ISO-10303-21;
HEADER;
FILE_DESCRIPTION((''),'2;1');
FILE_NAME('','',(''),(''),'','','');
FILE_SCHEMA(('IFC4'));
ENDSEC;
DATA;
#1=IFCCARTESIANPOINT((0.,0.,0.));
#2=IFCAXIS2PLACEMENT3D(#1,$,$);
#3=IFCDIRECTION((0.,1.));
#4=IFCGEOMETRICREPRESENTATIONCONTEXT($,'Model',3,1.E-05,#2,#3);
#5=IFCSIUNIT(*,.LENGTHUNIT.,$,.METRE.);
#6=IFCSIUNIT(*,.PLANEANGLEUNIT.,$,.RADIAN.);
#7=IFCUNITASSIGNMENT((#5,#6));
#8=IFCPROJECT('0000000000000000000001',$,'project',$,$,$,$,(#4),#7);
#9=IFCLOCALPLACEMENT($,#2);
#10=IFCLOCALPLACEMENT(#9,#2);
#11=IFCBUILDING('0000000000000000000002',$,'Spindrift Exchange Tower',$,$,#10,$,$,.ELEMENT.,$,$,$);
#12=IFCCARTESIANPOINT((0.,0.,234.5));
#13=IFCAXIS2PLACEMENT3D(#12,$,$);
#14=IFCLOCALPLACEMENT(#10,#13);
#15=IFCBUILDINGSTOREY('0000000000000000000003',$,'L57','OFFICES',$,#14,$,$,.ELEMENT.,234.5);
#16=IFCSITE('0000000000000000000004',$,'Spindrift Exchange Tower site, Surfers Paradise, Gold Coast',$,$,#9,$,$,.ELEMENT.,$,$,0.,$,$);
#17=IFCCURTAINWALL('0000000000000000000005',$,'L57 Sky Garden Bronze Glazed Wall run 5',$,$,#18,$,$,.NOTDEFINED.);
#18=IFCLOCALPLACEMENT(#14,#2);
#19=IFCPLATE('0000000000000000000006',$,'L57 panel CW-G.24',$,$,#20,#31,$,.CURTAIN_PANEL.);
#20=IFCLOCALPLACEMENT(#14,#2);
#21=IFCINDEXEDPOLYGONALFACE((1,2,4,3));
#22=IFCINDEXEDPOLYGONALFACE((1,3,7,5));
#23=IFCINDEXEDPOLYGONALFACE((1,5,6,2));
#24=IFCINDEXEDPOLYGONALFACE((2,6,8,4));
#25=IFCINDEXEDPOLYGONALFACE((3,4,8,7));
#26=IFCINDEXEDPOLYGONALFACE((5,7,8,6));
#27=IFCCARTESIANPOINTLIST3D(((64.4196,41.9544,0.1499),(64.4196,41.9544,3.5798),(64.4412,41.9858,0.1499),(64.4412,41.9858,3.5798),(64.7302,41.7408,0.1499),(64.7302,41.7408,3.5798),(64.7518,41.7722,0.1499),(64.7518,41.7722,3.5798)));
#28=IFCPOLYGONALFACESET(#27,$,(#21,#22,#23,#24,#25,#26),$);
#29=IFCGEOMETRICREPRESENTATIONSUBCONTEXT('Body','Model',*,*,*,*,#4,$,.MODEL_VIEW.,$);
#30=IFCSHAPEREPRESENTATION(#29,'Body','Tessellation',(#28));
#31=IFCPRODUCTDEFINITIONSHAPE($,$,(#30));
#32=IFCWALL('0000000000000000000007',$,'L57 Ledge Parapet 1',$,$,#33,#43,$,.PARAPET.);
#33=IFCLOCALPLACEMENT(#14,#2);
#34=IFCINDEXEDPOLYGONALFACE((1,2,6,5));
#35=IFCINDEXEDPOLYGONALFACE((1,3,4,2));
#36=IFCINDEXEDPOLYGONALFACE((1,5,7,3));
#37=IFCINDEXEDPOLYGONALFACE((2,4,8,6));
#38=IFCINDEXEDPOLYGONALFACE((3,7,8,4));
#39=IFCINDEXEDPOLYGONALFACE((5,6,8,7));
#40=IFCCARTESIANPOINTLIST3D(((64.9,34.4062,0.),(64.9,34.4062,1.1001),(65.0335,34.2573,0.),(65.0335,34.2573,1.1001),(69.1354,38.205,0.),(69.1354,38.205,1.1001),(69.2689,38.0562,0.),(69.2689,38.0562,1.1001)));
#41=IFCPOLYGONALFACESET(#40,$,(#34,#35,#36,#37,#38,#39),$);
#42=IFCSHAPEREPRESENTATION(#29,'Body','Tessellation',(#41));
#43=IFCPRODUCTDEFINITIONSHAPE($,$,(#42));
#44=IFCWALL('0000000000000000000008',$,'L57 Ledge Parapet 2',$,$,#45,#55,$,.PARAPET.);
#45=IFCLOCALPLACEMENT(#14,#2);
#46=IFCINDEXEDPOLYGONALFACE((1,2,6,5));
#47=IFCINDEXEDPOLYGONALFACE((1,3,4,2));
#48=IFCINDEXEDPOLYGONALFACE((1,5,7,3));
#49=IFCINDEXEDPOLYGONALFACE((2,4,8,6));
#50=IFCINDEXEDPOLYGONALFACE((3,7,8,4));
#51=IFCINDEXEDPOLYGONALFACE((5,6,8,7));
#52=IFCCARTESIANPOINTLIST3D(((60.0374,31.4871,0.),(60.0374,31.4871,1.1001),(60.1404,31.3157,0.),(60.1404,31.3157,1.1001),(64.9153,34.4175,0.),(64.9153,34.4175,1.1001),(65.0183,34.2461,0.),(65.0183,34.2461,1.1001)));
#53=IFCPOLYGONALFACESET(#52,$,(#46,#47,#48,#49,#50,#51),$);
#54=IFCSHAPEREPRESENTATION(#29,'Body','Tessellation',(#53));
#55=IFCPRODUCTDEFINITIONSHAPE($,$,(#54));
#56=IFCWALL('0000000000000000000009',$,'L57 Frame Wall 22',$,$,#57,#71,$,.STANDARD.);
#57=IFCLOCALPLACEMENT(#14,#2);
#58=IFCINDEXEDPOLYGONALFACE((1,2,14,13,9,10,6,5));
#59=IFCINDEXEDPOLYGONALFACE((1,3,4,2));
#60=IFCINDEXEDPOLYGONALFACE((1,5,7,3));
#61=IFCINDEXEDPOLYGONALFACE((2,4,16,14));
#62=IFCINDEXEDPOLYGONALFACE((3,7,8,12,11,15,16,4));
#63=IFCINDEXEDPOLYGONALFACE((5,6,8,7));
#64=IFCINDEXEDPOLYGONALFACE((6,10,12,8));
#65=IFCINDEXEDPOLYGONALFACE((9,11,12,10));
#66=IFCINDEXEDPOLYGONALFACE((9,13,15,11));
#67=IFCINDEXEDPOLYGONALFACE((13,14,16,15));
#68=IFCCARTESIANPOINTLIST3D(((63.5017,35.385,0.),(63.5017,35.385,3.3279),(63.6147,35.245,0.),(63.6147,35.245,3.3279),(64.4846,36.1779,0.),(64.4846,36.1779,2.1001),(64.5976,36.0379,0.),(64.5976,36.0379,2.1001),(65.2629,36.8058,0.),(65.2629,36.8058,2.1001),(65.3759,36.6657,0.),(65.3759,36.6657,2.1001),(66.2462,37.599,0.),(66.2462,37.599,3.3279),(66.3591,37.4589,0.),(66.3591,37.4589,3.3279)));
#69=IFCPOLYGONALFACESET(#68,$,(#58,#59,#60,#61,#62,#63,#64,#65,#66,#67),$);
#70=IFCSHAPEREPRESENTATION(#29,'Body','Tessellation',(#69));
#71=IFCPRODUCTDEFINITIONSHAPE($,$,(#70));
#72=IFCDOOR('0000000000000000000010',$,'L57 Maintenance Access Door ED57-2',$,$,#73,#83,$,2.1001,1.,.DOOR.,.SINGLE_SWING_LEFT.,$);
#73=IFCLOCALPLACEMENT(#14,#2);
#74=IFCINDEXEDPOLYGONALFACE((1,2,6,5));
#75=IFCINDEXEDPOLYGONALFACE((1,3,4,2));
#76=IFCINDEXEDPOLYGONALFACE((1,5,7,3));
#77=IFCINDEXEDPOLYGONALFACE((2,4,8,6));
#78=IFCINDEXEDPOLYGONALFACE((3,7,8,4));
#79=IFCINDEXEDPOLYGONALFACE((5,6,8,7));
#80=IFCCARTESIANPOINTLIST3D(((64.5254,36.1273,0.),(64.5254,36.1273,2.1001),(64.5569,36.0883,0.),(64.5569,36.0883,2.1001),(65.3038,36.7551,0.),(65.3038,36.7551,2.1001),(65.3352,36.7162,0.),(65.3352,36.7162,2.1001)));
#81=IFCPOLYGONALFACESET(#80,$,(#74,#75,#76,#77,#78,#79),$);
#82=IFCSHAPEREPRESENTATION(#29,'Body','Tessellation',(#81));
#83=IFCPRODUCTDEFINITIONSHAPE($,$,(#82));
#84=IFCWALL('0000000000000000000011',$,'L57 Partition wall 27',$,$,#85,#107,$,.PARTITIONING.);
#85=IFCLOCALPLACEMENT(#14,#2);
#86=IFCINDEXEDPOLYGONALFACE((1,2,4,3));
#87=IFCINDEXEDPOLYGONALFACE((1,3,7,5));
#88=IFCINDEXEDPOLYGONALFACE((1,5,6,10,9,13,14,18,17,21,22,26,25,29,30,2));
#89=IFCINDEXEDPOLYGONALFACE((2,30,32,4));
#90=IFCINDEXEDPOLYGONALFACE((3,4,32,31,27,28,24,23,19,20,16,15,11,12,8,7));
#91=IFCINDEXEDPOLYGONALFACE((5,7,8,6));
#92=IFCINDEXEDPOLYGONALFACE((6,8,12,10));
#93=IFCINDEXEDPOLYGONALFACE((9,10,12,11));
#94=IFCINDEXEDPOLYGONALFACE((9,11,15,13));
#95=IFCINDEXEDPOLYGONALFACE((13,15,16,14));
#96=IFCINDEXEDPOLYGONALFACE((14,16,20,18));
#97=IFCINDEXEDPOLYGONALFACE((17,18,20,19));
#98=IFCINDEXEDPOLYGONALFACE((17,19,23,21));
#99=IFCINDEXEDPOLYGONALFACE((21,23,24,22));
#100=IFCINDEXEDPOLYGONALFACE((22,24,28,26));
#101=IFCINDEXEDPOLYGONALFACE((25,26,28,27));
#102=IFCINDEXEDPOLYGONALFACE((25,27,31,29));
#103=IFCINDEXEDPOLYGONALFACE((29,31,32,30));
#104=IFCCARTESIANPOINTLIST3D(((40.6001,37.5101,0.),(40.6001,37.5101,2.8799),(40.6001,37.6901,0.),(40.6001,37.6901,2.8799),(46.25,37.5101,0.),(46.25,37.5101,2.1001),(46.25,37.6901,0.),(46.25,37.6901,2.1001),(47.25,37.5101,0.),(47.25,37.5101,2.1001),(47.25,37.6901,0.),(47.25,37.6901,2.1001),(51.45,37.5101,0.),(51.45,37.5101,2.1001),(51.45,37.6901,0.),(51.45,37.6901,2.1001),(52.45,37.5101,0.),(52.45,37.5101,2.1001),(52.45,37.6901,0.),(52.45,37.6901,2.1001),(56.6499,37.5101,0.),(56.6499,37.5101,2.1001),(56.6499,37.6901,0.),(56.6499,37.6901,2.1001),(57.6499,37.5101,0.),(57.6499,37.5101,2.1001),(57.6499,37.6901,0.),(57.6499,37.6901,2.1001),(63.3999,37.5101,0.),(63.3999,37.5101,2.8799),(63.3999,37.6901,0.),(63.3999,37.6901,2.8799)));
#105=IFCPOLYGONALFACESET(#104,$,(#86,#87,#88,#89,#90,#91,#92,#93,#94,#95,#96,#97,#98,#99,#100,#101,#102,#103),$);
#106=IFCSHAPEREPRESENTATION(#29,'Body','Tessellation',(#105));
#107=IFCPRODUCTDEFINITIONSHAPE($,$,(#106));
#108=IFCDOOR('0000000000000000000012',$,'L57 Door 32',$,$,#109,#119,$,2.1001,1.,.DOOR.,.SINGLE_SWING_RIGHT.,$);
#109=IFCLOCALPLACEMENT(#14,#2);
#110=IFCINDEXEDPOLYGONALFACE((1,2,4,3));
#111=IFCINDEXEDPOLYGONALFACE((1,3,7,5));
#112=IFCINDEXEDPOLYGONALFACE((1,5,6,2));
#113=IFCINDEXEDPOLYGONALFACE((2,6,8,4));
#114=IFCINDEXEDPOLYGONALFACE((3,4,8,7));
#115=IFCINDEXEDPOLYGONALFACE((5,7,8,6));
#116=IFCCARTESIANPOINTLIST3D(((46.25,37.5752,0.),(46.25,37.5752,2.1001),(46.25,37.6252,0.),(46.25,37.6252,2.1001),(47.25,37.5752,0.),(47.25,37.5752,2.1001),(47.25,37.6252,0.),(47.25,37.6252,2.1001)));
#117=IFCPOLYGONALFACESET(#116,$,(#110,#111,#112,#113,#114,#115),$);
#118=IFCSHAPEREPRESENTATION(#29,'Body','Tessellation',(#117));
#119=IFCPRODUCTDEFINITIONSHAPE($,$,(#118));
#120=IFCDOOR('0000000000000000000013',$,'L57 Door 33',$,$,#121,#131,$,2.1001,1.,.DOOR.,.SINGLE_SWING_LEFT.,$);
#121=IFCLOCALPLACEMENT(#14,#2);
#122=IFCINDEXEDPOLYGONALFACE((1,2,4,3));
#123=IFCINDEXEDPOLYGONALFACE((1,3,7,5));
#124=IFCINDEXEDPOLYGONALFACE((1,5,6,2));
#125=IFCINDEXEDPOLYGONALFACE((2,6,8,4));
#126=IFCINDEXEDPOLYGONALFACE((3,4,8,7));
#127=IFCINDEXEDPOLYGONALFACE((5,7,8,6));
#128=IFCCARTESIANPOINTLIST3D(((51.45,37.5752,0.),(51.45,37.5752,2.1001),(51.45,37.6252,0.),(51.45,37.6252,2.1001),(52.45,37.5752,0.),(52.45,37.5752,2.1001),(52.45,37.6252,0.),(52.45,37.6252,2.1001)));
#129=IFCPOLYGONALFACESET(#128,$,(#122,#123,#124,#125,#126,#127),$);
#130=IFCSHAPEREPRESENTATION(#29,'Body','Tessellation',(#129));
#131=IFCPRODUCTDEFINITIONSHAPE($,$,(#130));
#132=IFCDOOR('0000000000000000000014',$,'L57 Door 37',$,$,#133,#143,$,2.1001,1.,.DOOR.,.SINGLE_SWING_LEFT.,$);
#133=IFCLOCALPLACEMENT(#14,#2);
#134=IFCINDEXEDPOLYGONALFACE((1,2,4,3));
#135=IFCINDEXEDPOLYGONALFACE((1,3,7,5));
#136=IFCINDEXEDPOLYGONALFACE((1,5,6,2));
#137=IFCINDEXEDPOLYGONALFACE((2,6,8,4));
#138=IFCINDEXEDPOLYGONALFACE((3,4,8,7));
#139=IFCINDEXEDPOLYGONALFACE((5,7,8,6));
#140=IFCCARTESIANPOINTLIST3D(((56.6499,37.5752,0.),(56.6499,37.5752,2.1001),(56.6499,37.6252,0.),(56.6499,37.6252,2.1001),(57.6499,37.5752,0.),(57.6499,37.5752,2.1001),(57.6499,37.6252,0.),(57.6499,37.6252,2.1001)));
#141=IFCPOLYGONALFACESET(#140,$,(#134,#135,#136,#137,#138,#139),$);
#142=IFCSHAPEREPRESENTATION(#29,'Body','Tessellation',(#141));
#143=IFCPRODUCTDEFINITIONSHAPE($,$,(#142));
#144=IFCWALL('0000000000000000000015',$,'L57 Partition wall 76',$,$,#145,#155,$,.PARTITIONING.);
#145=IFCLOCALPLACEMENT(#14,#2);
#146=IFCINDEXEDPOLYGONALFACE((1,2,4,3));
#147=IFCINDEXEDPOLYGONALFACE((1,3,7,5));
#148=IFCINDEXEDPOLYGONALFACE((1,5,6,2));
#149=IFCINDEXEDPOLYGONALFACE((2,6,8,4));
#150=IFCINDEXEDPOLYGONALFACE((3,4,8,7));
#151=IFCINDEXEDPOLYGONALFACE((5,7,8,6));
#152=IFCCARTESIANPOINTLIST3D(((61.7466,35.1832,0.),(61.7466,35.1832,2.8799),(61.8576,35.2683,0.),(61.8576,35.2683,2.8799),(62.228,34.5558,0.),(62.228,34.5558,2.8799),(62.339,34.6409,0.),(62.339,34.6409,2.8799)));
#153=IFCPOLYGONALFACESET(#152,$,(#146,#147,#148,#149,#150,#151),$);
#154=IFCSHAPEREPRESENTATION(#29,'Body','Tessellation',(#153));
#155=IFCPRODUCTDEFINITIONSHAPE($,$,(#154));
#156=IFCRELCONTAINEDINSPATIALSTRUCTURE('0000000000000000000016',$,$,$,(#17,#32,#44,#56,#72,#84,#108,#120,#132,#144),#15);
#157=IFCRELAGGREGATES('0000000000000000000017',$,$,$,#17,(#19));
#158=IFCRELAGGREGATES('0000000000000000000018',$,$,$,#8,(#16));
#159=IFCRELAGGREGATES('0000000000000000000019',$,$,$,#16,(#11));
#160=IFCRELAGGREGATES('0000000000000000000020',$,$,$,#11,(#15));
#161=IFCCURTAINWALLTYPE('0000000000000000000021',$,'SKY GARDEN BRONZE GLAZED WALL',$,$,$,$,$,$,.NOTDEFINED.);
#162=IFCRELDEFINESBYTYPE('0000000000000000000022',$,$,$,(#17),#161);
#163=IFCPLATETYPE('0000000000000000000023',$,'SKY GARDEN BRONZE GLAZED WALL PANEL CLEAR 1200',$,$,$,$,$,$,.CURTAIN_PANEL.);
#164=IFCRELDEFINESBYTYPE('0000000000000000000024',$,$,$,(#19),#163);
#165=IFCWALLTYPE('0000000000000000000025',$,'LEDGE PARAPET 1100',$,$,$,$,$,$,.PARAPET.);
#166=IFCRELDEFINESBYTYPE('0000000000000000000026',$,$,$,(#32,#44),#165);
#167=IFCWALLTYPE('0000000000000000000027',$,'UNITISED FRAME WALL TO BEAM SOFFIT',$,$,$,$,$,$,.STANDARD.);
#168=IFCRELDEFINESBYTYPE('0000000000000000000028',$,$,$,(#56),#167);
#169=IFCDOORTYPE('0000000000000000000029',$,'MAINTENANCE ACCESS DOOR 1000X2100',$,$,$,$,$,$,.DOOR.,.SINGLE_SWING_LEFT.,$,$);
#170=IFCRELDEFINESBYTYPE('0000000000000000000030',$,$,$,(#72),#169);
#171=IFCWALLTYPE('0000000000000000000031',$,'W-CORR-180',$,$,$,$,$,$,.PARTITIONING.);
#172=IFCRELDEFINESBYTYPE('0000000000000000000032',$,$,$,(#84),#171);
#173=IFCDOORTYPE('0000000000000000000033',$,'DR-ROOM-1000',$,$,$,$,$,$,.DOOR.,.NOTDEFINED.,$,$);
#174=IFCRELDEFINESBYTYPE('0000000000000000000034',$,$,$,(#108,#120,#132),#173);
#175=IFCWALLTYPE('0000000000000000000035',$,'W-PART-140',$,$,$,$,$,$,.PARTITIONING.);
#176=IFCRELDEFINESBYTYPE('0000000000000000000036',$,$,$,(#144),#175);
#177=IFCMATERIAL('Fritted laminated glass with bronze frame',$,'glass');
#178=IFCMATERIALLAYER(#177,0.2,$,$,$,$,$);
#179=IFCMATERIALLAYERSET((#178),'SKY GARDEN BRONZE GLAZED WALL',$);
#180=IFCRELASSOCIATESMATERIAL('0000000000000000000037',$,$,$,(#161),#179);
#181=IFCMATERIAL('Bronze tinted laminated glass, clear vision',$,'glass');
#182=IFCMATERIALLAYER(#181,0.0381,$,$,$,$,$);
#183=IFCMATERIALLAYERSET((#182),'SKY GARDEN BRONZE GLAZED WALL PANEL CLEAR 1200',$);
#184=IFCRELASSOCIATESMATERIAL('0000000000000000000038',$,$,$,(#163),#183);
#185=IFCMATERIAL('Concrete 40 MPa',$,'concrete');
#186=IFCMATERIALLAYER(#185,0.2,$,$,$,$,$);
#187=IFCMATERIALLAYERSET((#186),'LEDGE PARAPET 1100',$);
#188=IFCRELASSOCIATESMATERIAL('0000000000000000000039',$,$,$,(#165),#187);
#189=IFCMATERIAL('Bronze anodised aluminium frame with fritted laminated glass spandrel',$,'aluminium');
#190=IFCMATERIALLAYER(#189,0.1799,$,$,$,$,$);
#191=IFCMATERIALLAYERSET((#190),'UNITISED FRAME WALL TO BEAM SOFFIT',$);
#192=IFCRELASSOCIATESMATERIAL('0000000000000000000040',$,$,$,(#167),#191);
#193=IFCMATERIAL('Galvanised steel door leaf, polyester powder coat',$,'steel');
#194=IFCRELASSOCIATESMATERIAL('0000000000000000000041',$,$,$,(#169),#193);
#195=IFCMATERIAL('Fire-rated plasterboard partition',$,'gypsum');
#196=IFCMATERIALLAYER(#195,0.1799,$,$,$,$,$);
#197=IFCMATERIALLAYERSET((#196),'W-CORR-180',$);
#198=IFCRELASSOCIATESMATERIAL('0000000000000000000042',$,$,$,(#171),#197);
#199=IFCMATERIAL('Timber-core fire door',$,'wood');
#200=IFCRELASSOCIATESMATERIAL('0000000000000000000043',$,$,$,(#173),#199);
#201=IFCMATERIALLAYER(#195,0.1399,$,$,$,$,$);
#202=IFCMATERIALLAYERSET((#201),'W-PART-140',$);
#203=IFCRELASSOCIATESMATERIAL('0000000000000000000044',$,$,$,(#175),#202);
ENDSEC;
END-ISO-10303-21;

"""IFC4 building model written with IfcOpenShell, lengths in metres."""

from ifc_helpers import new_model, si_unit, direction, frame, frame_2d, origin, origin_2d, place, context, subcontext, project, spatial, rectangle, extrude, source, transform, mapped, material, layer, layer_set, type_object, element, fill, aggregate, save


model = new_model("IFC4")

# Units and contexts
model_context = context("Model", 3, precision=1e-05, world=origin(), true_north=direction((0.0, 1.0)))
body_context = subcontext(model_context, "Body", "Model", "MODEL_VIEW")
ifc_project = project(units=[si_unit("LENGTHUNIT", "METRE"), si_unit("PLANEANGLEUNIT", "RADIAN")], contexts=[model_context])

# Site, building, storey
site_placement = place(None, origin())
site = spatial("IfcSite", under=ifc_project, at=site_placement, Name="Spindrift Exchange Tower site, Surfers Paradise, Gold Coast", CompositionType="ELEMENT", RefElevation=0.0)
building_placement = place(site_placement, origin())
building = spatial("IfcBuilding", under=site, at=building_placement, Name="Spindrift Exchange Tower", CompositionType="ELEMENT")
storey_placement = place(building_placement, frame((0.0, 0.0, 234.5)))
storey = spatial("IfcBuildingStorey", under=building, at=storey_placement, Name="L57", Description="OFFICES", CompositionType="ELEMENT", Elevation=234.5)

# Shared definitions
ifc_material_1 = material(Name="Concrete 40 MPa", Category="concrete")

# Curtain wall
ifc_material_2 = material(Name="Fritted laminated glass with bronze frame", Category="glass")
ifc_layer_1 = layer(ifc_material_2, 0.2)
ifc_layer_set_1 = layer_set([ifc_layer_1], Name="SKY GARDEN BRONZE GLAZED WALL")
curtain_wall_type_1 = type_object("IfcCurtainWallType", Name="SKY GARDEN BRONZE GLAZED WALL", PredefinedType="NOTDEFINED", material=ifc_layer_set_1)
curtain_wall_1_placement = place(storey_placement, origin())
curtain_wall_1 = element("IfcCurtainWall", 1, at=curtain_wall_1_placement, inside=storey, type_object=curtain_wall_type_1, Name="L57 Sky Garden Bronze Glazed Wall run 5", PredefinedType="NOTDEFINED")

# Plate
ifc_material_3 = material(Name="Bronze tinted laminated glass, clear vision", Category="glass")
ifc_layer_2 = layer(ifc_material_3, 0.0381)
ifc_layer_set_2 = layer_set([ifc_layer_2], Name="SKY GARDEN BRONZE GLAZED WALL PANEL CLEAR 1200")
plate_type_1 = type_object("IfcPlateType", Name="SKY GARDEN BRONZE GLAZED WALL PANEL CLEAR 1200", PredefinedType="CURTAIN_PANEL", material=ifc_layer_set_2)
shared_shape_1 = source(origin(), body_context, "Body", "SweptSolid", [
    extrude(rectangle(XDim=0.377, YDim=0.0381, at=origin_2d()), origin(), (0.0, 0.0, 1.0), 3.4299),
])
plate_1_placement = place(storey_placement, frame((64.5857, 41.8633, 0.1499), z_axis=(0.0, 0.0, 1.0), x_axis=(-0.824004, 0.566585, 0.0)))
plate_1 = element("IfcPlate", 2, at=plate_1_placement, type_object=plate_type_1, Name="L57 panel CW-G.24", PredefinedType="CURTAIN_PANEL", context=body_context, shape_type="MappedRepresentation", body=[
    mapped(shared_shape_1, transform((0.0, 0.0, 0.0), scale=1.0)),
])
aggregate(curtain_wall_1, [plate_1])

# Walls
ifc_layer_3 = layer(ifc_material_1, 0.2)
ifc_layer_set_3 = layer_set([ifc_layer_3], Name="LEDGE PARAPET 1100")
wall_type_1 = type_object("IfcWallType", Name="LEDGE PARAPET 1100", PredefinedType="PARAPET", material=ifc_layer_set_3)
wall_1_placement = place(storey_placement, frame((69.2021, 38.1306, 0.0), z_axis=(0.0, 0.0, 1.0), x_axis=(-0.744428, -0.667703, 0.0)))
element("IfcWall", 3, at=wall_1_placement, inside=storey, type_object=wall_type_1, Name="L57 Ledge Parapet 1", PredefinedType="PARAPET", context=body_context, shape_type="SweptSolid", body=[
    extrude(rectangle(XDim=5.6895, YDim=0.2, at=frame_2d((2.8447, 0.0))), origin(), (0.0, 0.0, 1.0), 1.1001),
])
wall_2_placement = place(storey_placement, frame((64.9668, 34.3318, 0.0), z_axis=(0.0, 0.0, 1.0), x_axis=(-0.857209, -0.514969, 0.0)))
element("IfcWall", 4, at=wall_2_placement, inside=storey, type_object=wall_type_1, Name="L57 Ledge Parapet 2", PredefinedType="PARAPET", context=body_context, shape_type="SweptSolid", body=[
    extrude(rectangle(XDim=5.6904, YDim=0.2, at=frame_2d((2.8452, 0.0))), origin(), (0.0, 0.0, 1.0), 1.1001),
])

# Wall, opening, door
ifc_material_4 = material(Name="Bronze anodised aluminium frame with fritted laminated glass spandrel", Category="aluminium")
ifc_layer_4 = layer(ifc_material_4, 0.1799)
ifc_layer_set_4 = layer_set([ifc_layer_4], Name="UNITISED FRAME WALL TO BEAM SOFFIT")
wall_type_2 = type_object("IfcWallType", Name="UNITISED FRAME WALL TO BEAM SOFFIT", PredefinedType="STANDARD", material=ifc_layer_set_4)
wall_3_placement = place(storey_placement, frame((63.5581, 35.3149, 0.0), z_axis=(0.0, 0.0, 1.0), x_axis=(0.778322, 0.627865, 0.0)))
wall_3 = element("IfcWall", 5, at=wall_3_placement, inside=storey, type_object=wall_type_2, Name="L57 Frame Wall 22", PredefinedType="STANDARD", context=body_context, shape_type="SweptSolid", body=[
    extrude(rectangle(XDim=3.5261, YDim=0.1799, at=frame_2d((1.7632, 0.0))), origin(), (0.0, 0.0, 1.0), 3.3279),
])
opening_1_placement = place(wall_3_placement, frame((1.2629, 0.0, 0.0)))
opening_1 = element("IfcOpeningElement", 6, at=opening_1_placement, cuts=wall_3, PredefinedType="OPENING", context=body_context, shape_type="SweptSolid", body=[
    extrude(rectangle(XDim=1.0, YDim=2.1001, at=frame_2d((0.5, 1.05))), frame((0.0, 0.0999, 0.0), z_axis=(0.0, -1.0, 0.0), x_axis=(1.0, 0.0, 0.0)), (0.0, 0.0, 1.0), 0.2),
])
ifc_material_5 = material(Name="Galvanised steel door leaf, polyester powder coat", Category="steel")
door_type_1 = type_object("IfcDoorType", Name="MAINTENANCE ACCESS DOOR 1000X2100", OperationType="SINGLE_SWING_LEFT", PredefinedType="DOOR", material=ifc_material_5)
shared_shape_2 = source(origin(), body_context, "Body", "SweptSolid", [
    extrude(rectangle(XDim=1.0, YDim=2.1001, at=frame_2d((0.5, 1.05))), frame((0.0, 0.0249, 0.0), z_axis=(0.0, -1.0, 0.0), x_axis=(1.0, 0.0, 0.0)), (0.0, 0.0, 1.0), 0.05),
])
door_1_placement = place(opening_1_placement, origin())
door_1 = element("IfcDoor", 7, at=door_1_placement, inside=storey, type_object=door_type_1, Name="L57 Maintenance Access Door ED57-2", OperationType="SINGLE_SWING_LEFT", OverallHeight=2.1001, OverallWidth=1.0, PredefinedType="DOOR", context=body_context, shape_type="MappedRepresentation", body=[
    mapped(shared_shape_2, transform((0.0, 0.0, 0.0), scale=1.0)),
])
fill(opening_1, door_1)

# Wall, openings, doors
ifc_material_6 = material(Name="Fire-rated plasterboard partition", Category="gypsum")
ifc_layer_5 = layer(ifc_material_6, 0.1799)
ifc_layer_set_5 = layer_set([ifc_layer_5], Name="W-CORR-180")
wall_type_3 = type_object("IfcWallType", Name="W-CORR-180", PredefinedType="PARTITIONING", material=ifc_layer_set_5)
wall_4_placement = place(storey_placement, frame((63.3999, 37.6001, 0.0), z_axis=(0.0, 0.0, 1.0), x_axis=(-1.0, 0.0, 0.0)))
wall_4 = element("IfcWall", 8, at=wall_4_placement, inside=storey, type_object=wall_type_3, Name="L57 Partition wall 27", PredefinedType="PARTITIONING", context=body_context, shape_type="SweptSolid", body=[
    extrude(rectangle(XDim=22.7998, YDim=0.1799, at=frame_2d((11.3999, 0.0))), origin(), (0.0, 0.0, 1.0), 2.8799),
])
opening_2_placement = place(wall_4_placement, frame((16.1499, 0.0, 0.0)))
opening_2 = element("IfcOpeningElement", 9, at=opening_2_placement, cuts=wall_4, PredefinedType="OPENING", context=body_context, shape_type="SweptSolid", body=[
    extrude(rectangle(XDim=1.0, YDim=2.1001, at=frame_2d((0.5, 1.05))), frame((0.0, 0.0999, 0.0), z_axis=(0.0, -1.0, 0.0), x_axis=(1.0, 0.0, 0.0)), (0.0, 0.0, 1.0), 0.2),
])
opening_3_placement = place(wall_4_placement, frame((10.95, 0.0, 0.0)))
opening_3 = element("IfcOpeningElement", 10, at=opening_3_placement, cuts=wall_4, PredefinedType="OPENING", context=body_context, shape_type="SweptSolid", body=[
    extrude(rectangle(XDim=1.0, YDim=2.1001, at=frame_2d((0.5, 1.05))), frame((0.0, 0.0999, 0.0), z_axis=(0.0, -1.0, 0.0), x_axis=(1.0, 0.0, 0.0)), (0.0, 0.0, 1.0), 0.2),
])
opening_4_placement = place(wall_4_placement, frame((5.75, 0.0, 0.0)))
opening_4 = element("IfcOpeningElement", 11, at=opening_4_placement, cuts=wall_4, PredefinedType="OPENING", context=body_context, shape_type="SweptSolid", body=[
    extrude(rectangle(XDim=1.0, YDim=2.1001, at=frame_2d((0.5, 1.05))), frame((0.0, 0.0999, 0.0), z_axis=(0.0, -1.0, 0.0), x_axis=(1.0, 0.0, 0.0)), (0.0, 0.0, 1.0), 0.2),
])
ifc_material_7 = material(Name="Timber-core fire door", Category="wood")
door_type_2 = type_object("IfcDoorType", Name="DR-ROOM-1000", OperationType="NOTDEFINED", PredefinedType="DOOR", material=ifc_material_7)
shared_shape_3 = source(origin(), body_context, "Body", "SweptSolid", [
    extrude(rectangle(XDim=1.0, YDim=2.1001, at=frame_2d((0.5, 1.05))), frame((0.0, 0.0249, 0.0), z_axis=(0.0, -1.0, 0.0), x_axis=(1.0, 0.0, 0.0)), (0.0, 0.0, 1.0), 0.05),
])
door_2_placement = place(opening_2_placement, origin())
door_2 = element("IfcDoor", 12, at=door_2_placement, inside=storey, type_object=door_type_2, Name="L57 Door 32", OperationType="SINGLE_SWING_RIGHT", OverallHeight=2.1001, OverallWidth=1.0, PredefinedType="DOOR", context=body_context, shape_type="MappedRepresentation", body=[
    mapped(shared_shape_3, transform((0.0, 0.0, 0.0), scale=1.0)),
])
fill(opening_2, door_2)
door_3_placement = place(opening_3_placement, origin())
door_3 = element("IfcDoor", 13, at=door_3_placement, inside=storey, type_object=door_type_2, Name="L57 Door 33", OperationType="SINGLE_SWING_LEFT", OverallHeight=2.1001, OverallWidth=1.0, PredefinedType="DOOR", context=body_context, shape_type="MappedRepresentation", body=[
    mapped(shared_shape_3, transform((0.0, 0.0, 0.0), scale=1.0)),
])
fill(opening_3, door_3)
door_4_placement = place(opening_4_placement, origin())
door_4 = element("IfcDoor", 14, at=door_4_placement, inside=storey, type_object=door_type_2, Name="L57 Door 37", OperationType="SINGLE_SWING_LEFT", OverallHeight=2.1001, OverallWidth=1.0, PredefinedType="DOOR", context=body_context, shape_type="MappedRepresentation", body=[
    mapped(shared_shape_3, transform((0.0, 0.0, 0.0), scale=1.0)),
])
fill(opening_4, door_4)

# Wall
ifc_layer_6 = layer(ifc_material_6, 0.1399)
ifc_layer_set_6 = layer_set([ifc_layer_6], Name="W-PART-140")
wall_type_4 = type_object("IfcWallType", Name="W-PART-140", PredefinedType="PARTITIONING", material=ifc_layer_set_6)
wall_5_placement = place(storey_placement, frame((61.802, 35.2258, 0.0), z_axis=(0.0, 0.0, 1.0), x_axis=(0.608756, -0.793358, 0.0)))
element("IfcWall", 15, at=wall_5_placement, inside=storey, type_object=wall_type_4, Name="L57 Partition wall 76", PredefinedType="PARTITIONING", context=body_context, shape_type="SweptSolid", body=[
    extrude(rectangle(XDim=0.7908, YDim=0.1399, at=frame_2d((0.3955, 0.0))), origin(), (0.0, 0.0, 1.0), 2.8799),
])

save(model, "model.ifc")
